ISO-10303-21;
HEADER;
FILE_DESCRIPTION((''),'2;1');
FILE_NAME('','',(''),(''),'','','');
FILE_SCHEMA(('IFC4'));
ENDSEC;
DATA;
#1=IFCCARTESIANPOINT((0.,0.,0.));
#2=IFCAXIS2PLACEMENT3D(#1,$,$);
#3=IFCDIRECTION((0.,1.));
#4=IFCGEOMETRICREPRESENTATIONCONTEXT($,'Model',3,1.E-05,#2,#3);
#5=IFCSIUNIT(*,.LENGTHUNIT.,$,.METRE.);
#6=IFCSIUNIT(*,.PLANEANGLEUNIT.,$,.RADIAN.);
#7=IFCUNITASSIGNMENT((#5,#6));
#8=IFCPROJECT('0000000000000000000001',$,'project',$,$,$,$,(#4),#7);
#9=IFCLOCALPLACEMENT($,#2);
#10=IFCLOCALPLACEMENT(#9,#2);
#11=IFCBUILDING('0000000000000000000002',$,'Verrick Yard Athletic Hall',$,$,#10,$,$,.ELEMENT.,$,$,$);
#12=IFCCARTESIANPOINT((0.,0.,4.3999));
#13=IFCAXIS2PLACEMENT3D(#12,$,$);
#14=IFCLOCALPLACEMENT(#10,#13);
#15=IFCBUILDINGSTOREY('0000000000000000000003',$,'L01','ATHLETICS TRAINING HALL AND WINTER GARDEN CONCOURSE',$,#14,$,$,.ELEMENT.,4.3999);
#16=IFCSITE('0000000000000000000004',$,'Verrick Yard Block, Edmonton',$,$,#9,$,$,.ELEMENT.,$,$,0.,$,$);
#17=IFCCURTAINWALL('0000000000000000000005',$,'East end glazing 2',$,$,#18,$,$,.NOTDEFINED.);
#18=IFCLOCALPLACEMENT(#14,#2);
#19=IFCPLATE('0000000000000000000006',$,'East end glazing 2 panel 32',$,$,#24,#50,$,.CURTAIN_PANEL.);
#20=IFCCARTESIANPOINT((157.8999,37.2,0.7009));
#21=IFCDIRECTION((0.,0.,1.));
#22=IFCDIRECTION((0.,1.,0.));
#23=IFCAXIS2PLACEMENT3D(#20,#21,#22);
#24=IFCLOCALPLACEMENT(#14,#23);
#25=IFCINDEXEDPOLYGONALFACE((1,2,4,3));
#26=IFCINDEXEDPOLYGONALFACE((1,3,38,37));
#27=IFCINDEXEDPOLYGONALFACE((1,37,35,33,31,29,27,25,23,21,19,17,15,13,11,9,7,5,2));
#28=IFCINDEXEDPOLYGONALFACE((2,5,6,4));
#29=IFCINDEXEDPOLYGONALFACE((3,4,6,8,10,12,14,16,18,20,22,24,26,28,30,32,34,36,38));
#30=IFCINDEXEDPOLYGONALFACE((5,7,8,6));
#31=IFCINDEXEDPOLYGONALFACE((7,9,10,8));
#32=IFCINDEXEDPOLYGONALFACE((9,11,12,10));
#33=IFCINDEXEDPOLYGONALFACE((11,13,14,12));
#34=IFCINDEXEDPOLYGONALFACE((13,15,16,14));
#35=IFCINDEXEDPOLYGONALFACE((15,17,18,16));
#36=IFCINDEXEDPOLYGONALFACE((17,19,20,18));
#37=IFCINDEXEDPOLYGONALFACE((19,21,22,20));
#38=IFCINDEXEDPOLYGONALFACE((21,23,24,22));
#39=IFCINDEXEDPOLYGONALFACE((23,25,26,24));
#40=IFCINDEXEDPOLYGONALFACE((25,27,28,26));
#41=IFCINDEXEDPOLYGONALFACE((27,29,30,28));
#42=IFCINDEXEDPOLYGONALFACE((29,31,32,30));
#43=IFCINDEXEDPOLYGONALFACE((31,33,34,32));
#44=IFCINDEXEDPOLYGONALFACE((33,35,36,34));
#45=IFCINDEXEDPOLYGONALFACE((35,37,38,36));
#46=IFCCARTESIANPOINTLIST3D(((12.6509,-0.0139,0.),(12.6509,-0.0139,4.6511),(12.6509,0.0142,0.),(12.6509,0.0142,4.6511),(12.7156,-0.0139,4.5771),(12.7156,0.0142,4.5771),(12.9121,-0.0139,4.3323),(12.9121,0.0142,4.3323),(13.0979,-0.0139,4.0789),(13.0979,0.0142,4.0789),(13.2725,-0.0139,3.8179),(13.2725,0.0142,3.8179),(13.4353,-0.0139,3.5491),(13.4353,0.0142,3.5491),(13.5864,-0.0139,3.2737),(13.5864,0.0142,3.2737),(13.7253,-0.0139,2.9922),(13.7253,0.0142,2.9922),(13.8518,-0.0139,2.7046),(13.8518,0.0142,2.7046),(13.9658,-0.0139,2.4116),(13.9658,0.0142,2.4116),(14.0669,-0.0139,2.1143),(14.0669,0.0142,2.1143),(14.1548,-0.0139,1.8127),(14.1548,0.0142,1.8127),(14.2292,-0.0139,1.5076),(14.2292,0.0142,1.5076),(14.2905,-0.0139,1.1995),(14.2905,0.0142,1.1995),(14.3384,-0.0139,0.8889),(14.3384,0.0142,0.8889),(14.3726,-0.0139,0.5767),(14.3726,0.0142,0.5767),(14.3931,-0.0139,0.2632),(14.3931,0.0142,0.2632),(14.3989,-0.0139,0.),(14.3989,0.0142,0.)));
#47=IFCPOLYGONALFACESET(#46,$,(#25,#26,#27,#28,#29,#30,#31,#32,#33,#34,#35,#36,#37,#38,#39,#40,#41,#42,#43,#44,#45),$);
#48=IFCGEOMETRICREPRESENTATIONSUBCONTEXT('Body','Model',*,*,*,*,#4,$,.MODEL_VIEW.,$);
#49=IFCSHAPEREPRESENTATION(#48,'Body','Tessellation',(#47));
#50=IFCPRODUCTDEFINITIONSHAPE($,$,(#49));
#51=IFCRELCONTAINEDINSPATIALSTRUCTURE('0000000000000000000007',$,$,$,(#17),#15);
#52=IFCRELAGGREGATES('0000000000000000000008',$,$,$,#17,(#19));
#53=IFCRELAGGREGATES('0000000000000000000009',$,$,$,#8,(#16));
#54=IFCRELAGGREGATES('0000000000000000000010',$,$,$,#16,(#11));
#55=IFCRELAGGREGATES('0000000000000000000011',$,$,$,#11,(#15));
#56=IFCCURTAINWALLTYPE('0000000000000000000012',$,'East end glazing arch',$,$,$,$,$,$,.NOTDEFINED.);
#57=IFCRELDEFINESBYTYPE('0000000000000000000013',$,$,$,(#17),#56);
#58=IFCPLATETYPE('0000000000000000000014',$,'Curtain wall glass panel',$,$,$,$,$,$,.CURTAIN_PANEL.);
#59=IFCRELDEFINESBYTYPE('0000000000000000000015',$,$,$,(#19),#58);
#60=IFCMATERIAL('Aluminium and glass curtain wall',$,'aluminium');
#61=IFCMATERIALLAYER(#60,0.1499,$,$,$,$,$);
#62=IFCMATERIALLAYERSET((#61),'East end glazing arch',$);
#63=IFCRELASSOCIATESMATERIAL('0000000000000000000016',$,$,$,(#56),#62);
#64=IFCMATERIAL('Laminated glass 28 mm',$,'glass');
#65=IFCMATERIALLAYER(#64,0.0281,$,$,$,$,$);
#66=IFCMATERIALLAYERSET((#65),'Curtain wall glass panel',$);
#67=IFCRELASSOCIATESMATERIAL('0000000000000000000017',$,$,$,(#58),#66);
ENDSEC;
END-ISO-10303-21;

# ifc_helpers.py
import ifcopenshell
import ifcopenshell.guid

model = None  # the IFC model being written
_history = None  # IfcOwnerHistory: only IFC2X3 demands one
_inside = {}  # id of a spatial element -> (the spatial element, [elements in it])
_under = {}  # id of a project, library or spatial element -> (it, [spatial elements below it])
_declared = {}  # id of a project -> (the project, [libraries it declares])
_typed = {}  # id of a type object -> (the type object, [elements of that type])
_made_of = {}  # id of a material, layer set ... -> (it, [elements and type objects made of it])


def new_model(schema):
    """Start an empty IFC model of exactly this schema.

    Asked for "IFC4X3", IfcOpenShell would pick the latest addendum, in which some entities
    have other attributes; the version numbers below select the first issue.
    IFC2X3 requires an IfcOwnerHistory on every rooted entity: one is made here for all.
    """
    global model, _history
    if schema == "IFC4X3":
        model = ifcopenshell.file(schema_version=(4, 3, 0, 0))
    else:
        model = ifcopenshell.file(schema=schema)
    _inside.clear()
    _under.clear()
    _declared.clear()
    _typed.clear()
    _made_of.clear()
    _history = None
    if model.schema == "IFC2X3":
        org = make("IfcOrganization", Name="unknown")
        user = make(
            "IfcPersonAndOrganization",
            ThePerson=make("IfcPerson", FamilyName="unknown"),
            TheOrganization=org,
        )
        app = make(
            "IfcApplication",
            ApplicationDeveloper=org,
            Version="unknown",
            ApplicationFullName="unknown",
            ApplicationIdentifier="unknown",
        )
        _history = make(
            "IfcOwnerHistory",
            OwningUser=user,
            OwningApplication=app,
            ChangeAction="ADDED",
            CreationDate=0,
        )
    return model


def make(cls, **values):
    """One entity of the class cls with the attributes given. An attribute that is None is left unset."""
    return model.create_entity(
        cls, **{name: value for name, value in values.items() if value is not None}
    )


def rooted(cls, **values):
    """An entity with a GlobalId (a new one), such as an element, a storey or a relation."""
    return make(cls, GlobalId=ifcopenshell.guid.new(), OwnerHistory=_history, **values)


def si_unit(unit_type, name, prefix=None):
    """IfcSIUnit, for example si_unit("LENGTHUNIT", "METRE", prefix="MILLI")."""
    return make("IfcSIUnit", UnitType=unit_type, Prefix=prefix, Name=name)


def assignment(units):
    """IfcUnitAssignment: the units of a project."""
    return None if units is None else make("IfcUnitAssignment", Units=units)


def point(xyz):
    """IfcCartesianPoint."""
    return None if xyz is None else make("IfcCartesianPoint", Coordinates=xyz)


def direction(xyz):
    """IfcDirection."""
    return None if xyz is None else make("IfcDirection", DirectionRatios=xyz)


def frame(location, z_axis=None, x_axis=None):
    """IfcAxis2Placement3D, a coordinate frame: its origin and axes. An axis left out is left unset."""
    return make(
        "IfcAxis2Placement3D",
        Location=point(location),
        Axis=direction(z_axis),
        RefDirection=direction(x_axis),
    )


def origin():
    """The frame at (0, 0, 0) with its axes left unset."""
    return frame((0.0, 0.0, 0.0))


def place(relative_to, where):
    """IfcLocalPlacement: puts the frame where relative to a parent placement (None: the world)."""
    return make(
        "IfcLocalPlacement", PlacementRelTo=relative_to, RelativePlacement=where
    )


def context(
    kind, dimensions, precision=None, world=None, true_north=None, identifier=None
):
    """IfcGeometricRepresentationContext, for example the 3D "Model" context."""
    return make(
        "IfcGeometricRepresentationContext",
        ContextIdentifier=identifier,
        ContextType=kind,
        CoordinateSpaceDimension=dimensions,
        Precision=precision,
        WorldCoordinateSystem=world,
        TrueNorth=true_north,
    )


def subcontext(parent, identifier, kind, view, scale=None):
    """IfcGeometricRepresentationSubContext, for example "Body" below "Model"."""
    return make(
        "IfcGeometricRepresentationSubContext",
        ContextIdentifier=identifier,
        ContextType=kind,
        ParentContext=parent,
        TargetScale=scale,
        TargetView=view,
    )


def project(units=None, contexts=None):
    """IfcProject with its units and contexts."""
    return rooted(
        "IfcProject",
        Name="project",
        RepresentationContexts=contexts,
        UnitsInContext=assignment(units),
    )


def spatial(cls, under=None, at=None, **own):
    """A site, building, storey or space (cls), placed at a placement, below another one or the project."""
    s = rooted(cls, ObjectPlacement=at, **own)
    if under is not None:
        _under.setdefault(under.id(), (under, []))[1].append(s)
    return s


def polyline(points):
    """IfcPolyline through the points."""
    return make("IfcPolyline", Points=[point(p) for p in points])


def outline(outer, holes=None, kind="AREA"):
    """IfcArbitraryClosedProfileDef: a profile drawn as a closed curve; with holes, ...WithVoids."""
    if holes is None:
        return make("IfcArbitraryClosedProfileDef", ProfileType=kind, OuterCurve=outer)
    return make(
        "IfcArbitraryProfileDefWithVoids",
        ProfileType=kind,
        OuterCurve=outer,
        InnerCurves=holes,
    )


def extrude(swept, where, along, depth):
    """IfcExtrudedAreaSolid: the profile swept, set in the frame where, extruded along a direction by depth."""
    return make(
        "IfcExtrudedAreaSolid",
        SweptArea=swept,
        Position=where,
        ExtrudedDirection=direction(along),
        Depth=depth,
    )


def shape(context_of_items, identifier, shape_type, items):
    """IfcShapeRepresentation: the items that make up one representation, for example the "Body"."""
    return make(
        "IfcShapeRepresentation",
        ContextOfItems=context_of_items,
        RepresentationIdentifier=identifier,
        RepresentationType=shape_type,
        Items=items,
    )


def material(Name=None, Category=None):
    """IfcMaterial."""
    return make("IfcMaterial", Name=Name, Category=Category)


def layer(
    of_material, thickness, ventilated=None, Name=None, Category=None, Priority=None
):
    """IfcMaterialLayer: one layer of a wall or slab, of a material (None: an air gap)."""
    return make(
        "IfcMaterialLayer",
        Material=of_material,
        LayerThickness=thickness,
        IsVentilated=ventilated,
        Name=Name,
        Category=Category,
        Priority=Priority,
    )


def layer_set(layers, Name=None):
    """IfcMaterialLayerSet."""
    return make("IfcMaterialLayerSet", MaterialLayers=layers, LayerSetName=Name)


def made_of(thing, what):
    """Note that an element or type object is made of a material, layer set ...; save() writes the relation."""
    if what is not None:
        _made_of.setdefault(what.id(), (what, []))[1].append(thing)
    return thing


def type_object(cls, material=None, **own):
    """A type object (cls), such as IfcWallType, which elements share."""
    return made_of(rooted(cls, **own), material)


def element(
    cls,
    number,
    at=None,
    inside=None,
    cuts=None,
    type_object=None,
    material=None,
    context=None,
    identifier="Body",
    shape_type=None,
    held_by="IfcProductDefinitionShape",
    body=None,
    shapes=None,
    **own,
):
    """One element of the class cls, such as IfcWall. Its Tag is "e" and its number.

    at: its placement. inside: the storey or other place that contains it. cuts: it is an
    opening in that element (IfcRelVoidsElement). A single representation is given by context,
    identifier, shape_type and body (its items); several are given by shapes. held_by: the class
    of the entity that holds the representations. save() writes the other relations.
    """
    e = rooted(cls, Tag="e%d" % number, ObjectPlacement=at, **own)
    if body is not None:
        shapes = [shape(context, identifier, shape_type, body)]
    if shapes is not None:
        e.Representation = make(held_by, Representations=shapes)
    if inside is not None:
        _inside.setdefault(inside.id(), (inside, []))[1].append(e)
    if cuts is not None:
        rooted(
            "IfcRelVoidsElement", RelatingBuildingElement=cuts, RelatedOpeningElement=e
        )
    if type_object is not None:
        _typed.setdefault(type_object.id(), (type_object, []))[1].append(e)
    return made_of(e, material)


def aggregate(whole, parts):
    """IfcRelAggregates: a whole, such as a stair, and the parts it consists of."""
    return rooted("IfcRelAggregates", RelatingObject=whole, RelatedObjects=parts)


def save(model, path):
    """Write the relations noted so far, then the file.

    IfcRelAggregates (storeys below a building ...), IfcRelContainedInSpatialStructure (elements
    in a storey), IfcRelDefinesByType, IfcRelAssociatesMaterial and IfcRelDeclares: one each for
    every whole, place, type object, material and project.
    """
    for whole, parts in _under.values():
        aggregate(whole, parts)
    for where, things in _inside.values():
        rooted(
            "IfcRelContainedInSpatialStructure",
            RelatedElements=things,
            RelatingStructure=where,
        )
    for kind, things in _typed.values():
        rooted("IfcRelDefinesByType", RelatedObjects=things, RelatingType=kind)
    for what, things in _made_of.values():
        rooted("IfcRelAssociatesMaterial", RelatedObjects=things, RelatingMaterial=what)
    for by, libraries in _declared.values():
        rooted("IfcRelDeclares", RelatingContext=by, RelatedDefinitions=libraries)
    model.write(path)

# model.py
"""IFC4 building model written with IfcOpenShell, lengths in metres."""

from ifc_helpers import new_model, si_unit, direction, frame, origin, place, context, subcontext, project, spatial, polyline, outline, extrude, material, layer, layer_set, type_object, element, aggregate, save


model = new_model("IFC4")

# Units and contexts
model_context = context("Model", 3, precision=1e-05, world=origin(), true_north=direction((0.0, 1.0)))
body_context = subcontext(model_context, "Body", "Model", "MODEL_VIEW")
ifc_project = project(units=[si_unit("LENGTHUNIT", "METRE"), si_unit("PLANEANGLEUNIT", "RADIAN")], contexts=[model_context])

# Site, building, storey
site_placement = place(None, origin())
site = spatial("IfcSite", under=ifc_project, at=site_placement, Name="Verrick Yard Block, Edmonton", CompositionType="ELEMENT", RefElevation=0.0)
building_placement = place(site_placement, origin())
building = spatial("IfcBuilding", under=site, at=building_placement, Name="Verrick Yard Athletic Hall", CompositionType="ELEMENT")
storey_placement = place(building_placement, frame((0.0, 0.0, 4.3999)))
storey = spatial("IfcBuildingStorey", under=building, at=storey_placement, Name="L01", Description="ATHLETICS TRAINING HALL AND WINTER GARDEN CONCOURSE", CompositionType="ELEMENT", Elevation=4.3999)

# Curtain wall, plate
ifc_material_1 = material(Name="Aluminium and glass curtain wall", Category="aluminium")
ifc_layer_1 = layer(ifc_material_1, 0.1499)
ifc_layer_set_1 = layer_set([ifc_layer_1], Name="East end glazing arch")
curtain_wall_type = type_object("IfcCurtainWallType", Name="East end glazing arch", PredefinedType="NOTDEFINED", material=ifc_layer_set_1)
curtain_wall_placement = place(storey_placement, origin())
curtain_wall = element("IfcCurtainWall", 1, at=curtain_wall_placement, inside=storey, type_object=curtain_wall_type, Name="East end glazing 2", PredefinedType="NOTDEFINED")
ifc_material_2 = material(Name="Laminated glass 28 mm", Category="glass")
ifc_layer_2 = layer(ifc_material_2, 0.0281)
ifc_layer_set_2 = layer_set([ifc_layer_2], Name="Curtain wall glass panel")
plate_type = type_object("IfcPlateType", Name="Curtain wall glass panel", PredefinedType="CURTAIN_PANEL", material=ifc_layer_set_2)
plate_1_placement = place(storey_placement, frame((157.8999, 37.2, 0.7009), z_axis=(0.0, 0.0, 1.0), x_axis=(0.0, 1.0, 0.0)))
plate_1 = element("IfcPlate", 2, at=plate_1_placement, type_object=plate_type, Name="East end glazing 2 panel 32", PredefinedType="CURTAIN_PANEL", context=body_context, shape_type="SweptSolid", body=[
    extrude(outline(polyline([(14.3989, 0.0), (14.3931, 0.2632), (14.3726, 0.5767), (14.3384, 0.8889), (14.2905, 1.1995), (14.2292, 1.5076), (14.1548, 1.8127), (14.0669, 2.1143), (13.9658, 2.4116), (13.8518, 2.7046), (13.7253, 2.9922), (13.5864, 3.2737), (13.4353, 3.5491), (13.2725, 3.8179), (13.0979, 4.0789), (12.9121, 4.3323), (12.7156, 4.5771), (12.6509, 4.6511), (12.6509, 0.0), (14.3989, 0.0)])), frame((0.0, 0.0142, 0.0), z_axis=(0.0, -1.0, 0.0), x_axis=(1.0, 0.0, 0.0)), (0.0, 0.0, 1.0), 0.0281),
])
aggregate(curtain_wall, [plate_1])

save(model, "model.ifc")
